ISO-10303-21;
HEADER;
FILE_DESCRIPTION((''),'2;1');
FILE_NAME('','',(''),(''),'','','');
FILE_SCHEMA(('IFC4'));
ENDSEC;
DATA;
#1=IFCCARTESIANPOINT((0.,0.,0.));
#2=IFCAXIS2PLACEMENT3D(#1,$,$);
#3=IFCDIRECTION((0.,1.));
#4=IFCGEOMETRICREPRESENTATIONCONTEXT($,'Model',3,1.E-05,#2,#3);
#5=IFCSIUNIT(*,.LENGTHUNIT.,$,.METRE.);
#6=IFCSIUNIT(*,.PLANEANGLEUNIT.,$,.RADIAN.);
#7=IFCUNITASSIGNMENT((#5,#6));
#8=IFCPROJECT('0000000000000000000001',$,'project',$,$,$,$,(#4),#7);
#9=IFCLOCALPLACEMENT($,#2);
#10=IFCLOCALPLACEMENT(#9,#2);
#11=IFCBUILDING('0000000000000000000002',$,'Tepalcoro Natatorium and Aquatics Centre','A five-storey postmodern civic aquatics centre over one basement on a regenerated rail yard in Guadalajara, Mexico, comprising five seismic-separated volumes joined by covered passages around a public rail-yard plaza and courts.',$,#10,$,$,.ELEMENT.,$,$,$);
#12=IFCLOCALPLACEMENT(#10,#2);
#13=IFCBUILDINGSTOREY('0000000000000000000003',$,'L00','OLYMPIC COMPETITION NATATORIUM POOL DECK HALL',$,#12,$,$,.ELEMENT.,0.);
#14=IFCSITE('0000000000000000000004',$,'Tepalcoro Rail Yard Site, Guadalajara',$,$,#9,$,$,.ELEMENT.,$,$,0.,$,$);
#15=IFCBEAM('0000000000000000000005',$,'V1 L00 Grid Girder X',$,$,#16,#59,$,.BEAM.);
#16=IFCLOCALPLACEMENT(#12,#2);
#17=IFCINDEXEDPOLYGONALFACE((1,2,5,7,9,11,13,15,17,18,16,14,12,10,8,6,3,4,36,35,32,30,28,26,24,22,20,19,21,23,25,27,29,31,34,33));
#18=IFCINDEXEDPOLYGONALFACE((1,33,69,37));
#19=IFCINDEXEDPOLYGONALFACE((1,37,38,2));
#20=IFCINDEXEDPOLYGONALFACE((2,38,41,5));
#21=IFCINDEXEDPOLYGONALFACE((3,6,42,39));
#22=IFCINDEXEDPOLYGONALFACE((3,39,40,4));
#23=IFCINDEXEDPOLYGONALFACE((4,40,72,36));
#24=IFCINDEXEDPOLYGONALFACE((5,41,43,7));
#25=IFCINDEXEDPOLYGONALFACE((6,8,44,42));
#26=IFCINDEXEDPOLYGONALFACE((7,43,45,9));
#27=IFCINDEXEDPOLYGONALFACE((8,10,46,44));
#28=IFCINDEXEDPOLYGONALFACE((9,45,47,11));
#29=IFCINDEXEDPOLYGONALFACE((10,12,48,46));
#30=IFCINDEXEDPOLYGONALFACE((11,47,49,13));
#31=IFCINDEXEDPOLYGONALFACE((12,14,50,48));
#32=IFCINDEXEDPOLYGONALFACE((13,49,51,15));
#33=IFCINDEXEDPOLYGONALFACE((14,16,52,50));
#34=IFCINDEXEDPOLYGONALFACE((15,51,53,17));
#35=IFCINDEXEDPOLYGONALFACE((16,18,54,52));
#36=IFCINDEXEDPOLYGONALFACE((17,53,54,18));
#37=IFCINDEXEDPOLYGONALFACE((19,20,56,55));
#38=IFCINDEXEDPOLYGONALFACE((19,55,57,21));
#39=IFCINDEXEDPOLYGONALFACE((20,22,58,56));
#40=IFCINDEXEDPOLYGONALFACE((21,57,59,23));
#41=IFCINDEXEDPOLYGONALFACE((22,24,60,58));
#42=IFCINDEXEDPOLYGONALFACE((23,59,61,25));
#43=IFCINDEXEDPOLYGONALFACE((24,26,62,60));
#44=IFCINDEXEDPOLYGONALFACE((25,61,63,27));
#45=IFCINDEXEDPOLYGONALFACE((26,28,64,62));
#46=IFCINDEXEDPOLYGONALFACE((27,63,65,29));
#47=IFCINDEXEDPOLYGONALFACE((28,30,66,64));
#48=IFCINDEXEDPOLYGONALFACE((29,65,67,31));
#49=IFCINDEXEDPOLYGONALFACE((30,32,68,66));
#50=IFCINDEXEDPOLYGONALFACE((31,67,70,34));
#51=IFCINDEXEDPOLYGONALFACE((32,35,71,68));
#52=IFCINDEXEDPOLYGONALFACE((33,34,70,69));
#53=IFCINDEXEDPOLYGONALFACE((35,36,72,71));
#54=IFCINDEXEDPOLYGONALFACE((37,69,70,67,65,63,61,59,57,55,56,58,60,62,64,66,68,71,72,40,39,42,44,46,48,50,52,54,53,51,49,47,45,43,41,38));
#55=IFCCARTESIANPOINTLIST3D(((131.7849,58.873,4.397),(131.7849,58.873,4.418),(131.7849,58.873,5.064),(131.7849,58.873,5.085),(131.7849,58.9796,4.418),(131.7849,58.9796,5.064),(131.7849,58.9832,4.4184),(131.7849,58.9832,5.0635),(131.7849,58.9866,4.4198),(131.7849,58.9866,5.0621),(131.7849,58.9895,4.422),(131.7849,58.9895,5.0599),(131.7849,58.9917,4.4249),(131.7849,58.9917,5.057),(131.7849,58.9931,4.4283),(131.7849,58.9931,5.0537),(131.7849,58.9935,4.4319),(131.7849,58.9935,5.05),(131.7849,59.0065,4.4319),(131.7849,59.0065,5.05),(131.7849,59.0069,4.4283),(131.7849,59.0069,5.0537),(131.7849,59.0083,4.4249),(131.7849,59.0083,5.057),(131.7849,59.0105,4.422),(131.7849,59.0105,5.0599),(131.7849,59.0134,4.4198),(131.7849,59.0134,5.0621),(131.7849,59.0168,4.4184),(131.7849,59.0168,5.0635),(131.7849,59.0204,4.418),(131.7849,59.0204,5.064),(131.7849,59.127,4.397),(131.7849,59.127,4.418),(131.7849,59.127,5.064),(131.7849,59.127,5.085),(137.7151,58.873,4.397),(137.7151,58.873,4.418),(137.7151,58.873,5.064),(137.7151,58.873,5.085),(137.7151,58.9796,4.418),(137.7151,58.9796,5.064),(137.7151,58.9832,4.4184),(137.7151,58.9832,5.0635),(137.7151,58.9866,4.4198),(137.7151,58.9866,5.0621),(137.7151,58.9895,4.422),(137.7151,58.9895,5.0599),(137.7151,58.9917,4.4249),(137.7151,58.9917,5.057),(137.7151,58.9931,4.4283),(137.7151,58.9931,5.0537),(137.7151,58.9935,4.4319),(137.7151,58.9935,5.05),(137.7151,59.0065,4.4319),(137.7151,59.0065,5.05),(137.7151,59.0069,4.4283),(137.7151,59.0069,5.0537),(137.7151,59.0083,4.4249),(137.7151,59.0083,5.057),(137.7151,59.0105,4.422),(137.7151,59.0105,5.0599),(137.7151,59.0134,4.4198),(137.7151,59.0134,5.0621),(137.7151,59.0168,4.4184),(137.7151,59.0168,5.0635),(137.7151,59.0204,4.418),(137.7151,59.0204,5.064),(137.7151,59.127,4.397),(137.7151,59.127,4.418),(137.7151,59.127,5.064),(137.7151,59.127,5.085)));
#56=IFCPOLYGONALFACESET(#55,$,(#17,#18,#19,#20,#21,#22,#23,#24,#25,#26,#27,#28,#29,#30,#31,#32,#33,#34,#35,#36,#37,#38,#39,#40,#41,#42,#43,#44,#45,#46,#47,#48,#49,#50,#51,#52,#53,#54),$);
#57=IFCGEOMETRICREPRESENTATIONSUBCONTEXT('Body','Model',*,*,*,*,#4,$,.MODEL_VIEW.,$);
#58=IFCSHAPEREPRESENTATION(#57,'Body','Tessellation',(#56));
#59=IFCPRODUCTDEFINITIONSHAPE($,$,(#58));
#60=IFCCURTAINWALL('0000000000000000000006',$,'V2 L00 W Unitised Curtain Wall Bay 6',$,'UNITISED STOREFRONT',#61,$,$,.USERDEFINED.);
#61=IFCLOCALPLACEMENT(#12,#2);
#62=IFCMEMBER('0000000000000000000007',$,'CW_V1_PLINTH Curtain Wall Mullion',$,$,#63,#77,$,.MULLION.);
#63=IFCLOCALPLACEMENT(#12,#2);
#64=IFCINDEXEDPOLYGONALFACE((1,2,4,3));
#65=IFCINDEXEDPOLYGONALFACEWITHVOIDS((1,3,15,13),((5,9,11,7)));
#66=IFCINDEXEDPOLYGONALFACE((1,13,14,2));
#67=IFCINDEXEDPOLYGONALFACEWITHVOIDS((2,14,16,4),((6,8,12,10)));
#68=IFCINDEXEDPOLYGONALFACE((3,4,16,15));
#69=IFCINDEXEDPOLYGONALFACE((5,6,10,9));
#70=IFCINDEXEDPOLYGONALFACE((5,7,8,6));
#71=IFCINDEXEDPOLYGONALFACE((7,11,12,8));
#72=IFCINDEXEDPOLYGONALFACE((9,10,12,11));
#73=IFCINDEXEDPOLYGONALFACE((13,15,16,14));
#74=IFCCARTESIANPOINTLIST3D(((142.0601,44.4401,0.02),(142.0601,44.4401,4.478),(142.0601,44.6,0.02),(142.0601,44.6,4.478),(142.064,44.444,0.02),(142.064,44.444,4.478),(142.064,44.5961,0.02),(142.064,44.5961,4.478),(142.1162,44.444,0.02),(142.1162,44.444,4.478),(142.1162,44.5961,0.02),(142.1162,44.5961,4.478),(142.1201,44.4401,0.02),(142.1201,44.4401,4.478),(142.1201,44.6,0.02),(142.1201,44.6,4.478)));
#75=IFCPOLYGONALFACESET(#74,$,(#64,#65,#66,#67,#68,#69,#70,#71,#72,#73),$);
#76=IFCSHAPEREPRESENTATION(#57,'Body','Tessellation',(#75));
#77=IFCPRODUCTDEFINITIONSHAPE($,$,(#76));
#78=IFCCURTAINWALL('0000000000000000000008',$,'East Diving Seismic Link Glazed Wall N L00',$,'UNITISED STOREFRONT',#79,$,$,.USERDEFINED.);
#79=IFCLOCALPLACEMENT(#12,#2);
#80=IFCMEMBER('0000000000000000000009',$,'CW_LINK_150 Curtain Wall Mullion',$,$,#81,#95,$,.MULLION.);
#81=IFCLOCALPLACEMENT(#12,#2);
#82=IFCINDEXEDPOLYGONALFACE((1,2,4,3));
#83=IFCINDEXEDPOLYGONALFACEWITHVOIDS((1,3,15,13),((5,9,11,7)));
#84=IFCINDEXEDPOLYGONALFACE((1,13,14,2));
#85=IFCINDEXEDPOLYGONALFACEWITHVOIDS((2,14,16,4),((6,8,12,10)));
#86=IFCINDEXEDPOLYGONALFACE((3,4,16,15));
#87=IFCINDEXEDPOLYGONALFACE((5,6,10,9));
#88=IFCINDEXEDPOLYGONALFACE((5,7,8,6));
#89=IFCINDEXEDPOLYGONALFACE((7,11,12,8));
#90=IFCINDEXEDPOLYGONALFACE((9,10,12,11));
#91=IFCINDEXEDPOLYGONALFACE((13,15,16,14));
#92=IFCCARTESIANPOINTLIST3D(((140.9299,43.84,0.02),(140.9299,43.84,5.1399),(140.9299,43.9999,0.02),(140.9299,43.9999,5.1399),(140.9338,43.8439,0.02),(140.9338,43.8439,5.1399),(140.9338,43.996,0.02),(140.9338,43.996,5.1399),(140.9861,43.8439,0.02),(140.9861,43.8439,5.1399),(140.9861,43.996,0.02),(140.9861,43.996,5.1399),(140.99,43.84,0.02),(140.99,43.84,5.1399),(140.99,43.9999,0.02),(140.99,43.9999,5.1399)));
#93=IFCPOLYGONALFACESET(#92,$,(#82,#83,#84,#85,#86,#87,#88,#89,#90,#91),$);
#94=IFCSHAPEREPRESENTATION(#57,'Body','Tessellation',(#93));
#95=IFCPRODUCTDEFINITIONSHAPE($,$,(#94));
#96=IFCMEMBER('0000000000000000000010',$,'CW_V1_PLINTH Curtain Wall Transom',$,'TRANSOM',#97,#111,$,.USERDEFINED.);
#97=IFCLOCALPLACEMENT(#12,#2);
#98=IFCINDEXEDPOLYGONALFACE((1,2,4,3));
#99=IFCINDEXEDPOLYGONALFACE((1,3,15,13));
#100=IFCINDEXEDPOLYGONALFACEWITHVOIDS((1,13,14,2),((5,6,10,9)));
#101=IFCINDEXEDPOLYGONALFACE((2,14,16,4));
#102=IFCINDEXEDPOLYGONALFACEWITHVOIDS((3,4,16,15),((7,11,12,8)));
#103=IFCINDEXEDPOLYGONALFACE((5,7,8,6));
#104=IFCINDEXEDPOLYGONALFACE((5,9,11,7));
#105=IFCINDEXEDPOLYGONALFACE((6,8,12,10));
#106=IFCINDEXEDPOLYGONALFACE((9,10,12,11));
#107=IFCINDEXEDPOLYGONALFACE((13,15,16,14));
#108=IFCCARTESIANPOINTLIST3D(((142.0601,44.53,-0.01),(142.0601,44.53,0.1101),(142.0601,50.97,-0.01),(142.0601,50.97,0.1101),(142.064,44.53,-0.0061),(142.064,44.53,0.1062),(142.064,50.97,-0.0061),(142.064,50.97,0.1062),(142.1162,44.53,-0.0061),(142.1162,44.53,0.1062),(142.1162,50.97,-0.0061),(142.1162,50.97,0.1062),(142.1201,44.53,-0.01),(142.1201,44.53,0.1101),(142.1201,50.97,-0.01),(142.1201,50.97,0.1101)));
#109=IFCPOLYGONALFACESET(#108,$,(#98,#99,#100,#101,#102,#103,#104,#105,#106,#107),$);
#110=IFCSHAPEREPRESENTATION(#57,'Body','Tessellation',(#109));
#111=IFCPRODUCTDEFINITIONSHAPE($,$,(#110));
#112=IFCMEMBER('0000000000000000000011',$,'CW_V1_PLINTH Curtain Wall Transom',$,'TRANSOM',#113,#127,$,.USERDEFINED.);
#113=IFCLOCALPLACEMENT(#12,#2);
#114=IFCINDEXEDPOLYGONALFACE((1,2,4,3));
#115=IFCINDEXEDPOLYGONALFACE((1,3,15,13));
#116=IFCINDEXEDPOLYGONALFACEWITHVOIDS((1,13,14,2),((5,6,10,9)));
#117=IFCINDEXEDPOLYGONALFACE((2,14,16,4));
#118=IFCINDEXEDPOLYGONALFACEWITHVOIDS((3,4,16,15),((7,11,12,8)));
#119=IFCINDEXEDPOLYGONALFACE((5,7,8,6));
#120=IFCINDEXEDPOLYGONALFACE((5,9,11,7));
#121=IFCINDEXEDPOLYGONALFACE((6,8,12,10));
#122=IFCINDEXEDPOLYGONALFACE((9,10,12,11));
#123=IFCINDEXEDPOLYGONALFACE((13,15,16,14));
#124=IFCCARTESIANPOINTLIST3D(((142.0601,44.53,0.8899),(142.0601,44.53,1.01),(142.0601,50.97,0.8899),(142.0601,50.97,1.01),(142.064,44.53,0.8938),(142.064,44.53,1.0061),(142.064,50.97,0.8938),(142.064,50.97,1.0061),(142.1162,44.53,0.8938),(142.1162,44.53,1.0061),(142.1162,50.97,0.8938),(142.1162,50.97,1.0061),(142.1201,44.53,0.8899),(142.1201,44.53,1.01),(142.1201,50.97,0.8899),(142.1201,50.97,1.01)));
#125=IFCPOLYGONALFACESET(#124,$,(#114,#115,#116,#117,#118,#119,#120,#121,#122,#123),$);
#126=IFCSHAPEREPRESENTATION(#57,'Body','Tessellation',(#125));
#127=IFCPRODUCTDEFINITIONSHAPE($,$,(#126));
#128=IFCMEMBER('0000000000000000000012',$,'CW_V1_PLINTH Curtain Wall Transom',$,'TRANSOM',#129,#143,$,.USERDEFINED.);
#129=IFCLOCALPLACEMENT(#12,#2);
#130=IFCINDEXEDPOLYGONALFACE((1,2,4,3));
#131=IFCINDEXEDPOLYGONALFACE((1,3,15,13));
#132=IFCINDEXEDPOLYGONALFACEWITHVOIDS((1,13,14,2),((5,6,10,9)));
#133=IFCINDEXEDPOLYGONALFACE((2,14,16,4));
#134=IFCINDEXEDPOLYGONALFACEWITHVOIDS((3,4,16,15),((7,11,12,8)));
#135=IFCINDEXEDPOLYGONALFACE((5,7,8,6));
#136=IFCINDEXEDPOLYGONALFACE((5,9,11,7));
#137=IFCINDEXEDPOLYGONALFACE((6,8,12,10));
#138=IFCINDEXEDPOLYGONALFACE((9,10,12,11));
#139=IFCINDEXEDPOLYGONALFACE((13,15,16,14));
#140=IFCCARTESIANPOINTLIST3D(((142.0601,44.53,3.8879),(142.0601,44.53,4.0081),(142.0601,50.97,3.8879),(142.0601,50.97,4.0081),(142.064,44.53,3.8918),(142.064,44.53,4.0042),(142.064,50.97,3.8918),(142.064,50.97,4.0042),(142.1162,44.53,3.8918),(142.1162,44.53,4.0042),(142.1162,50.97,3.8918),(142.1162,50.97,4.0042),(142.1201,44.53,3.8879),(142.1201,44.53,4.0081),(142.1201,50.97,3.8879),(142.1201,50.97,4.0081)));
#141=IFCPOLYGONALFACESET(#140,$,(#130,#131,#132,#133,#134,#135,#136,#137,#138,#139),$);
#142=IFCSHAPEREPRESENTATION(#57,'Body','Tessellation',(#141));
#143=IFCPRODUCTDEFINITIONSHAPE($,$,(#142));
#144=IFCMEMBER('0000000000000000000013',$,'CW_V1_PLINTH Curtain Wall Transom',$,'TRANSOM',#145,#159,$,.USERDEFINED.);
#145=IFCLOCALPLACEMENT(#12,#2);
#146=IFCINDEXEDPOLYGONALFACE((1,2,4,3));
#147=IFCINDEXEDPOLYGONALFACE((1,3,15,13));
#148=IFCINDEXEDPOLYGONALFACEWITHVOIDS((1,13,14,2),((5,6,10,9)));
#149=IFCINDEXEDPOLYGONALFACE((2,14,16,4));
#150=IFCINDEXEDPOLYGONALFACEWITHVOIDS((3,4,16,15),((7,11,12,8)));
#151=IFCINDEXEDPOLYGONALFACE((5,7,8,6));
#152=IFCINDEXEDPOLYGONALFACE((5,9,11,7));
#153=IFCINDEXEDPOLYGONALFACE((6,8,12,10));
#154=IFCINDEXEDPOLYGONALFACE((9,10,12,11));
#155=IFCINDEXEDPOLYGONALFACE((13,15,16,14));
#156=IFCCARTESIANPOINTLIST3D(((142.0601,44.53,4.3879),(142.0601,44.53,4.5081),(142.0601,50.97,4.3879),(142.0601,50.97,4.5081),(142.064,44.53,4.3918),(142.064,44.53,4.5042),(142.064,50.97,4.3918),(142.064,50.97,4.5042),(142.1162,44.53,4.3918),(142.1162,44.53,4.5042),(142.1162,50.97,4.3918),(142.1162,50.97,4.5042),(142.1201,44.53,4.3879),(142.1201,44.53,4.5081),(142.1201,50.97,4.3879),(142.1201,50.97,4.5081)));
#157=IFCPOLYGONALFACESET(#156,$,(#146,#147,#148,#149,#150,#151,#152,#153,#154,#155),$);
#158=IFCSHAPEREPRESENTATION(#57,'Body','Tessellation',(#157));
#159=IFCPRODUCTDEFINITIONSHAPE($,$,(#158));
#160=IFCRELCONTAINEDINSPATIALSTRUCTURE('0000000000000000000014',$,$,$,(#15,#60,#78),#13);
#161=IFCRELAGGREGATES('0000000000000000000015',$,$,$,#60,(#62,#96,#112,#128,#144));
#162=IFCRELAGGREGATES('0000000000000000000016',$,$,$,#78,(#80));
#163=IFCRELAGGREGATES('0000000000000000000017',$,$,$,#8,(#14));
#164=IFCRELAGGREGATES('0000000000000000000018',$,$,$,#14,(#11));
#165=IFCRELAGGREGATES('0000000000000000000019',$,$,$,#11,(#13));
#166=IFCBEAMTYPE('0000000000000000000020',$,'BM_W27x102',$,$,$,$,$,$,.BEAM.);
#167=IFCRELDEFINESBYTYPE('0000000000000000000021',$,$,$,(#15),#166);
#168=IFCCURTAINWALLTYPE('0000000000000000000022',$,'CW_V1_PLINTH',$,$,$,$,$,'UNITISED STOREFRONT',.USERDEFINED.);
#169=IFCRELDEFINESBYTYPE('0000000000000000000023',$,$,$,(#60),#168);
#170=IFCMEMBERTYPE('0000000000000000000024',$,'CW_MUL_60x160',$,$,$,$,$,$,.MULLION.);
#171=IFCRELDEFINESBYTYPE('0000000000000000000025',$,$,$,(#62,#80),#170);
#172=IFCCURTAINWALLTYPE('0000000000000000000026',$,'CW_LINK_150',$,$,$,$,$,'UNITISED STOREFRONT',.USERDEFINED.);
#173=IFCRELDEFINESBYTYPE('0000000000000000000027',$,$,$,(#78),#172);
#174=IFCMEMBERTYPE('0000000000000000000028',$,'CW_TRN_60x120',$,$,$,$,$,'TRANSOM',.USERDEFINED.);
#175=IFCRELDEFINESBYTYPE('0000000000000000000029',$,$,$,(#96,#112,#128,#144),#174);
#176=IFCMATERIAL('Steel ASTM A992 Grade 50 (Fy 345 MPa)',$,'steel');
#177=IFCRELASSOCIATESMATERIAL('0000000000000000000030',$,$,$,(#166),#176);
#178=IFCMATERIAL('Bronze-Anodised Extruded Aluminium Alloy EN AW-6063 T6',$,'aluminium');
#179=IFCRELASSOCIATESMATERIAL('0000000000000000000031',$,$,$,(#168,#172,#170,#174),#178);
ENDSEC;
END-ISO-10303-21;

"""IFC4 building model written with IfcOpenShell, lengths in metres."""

from ifc_helpers import new_model, si_unit, direction, frame, origin, origin_2d, place, context, subcontext, project, spatial, hollow_rectangle, i_section, extrude, material, material_profile, profile_set, type_object, element, aggregate, save


model = new_model("IFC4")

# Units and contexts
model_context = context("Model", 3, precision=1e-05, world=origin(), true_north=direction((0.0, 1.0)))
body_context = subcontext(model_context, "Body", "Model", "MODEL_VIEW")
ifc_project = project(units=[si_unit("LENGTHUNIT", "METRE"), si_unit("PLANEANGLEUNIT", "RADIAN")], contexts=[model_context])

# Site, building, storey
site_placement = place(None, origin())
site = spatial("IfcSite", under=ifc_project, at=site_placement, Name="Tepalcoro Rail Yard Site, Guadalajara", CompositionType="ELEMENT", RefElevation=0.0)
building_placement = place(site_placement, origin())
building = spatial("IfcBuilding", under=site, at=building_placement, Name="Tepalcoro Natatorium and Aquatics Centre", Description="A five-storey postmodern civic aquatics centre over one basement on a regenerated rail yard in Guadalajara, Mexico, comprising five seismic-separated volumes joined by covered passages around a public rail-yard plaza and courts.", CompositionType="ELEMENT")
storey_placement = place(building_placement, origin())
storey = spatial("IfcBuildingStorey", under=building, at=storey_placement, Name="L00", Description="OLYMPIC COMPETITION NATATORIUM POOL DECK HALL", CompositionType="ELEMENT", Elevation=0.0)

# Beam
ifc_material_1 = material(Name="Steel ASTM A992 Grade 50 (Fy 345 MPa)", Category="steel")
ifc_material_profile_1 = material_profile(ifc_material_1, i_section(OverallWidth=0.2539, OverallDepth=0.688, WebThickness=0.0129, FlangeThickness=0.021, FilletRadius=0.0139, at=origin_2d()), Name="W27X102")
ifc_profile_set_1 = profile_set([ifc_material_profile_1], Name="Steel ASTM A992 Grade 50 (Fy 345 MPa)")
beam_type_1 = type_object("IfcBeamType", Name="BM_W27x102", PredefinedType="BEAM", material=ifc_profile_set_1)
beam_1_placement = place(storey_placement, frame((131.7849, 59.0, 4.741), z_axis=(1.0, 0.0, 0.0), x_axis=(0.0, 1.0, 0.0)))
element("IfcBeam", 1, at=beam_1_placement, inside=storey, type_object=beam_type_1, Name="V1 L00 Grid Girder X", PredefinedType="BEAM", context=body_context, shape_type="SweptSolid", body=[
    extrude(i_section(OverallWidth=0.2539, OverallDepth=0.688, WebThickness=0.0129, FlangeThickness=0.021, FilletRadius=0.0139, at=origin_2d()), origin(), (0.0, 0.0, 1.0), 5.9302),
])

# Curtain walls, members
ifc_material_2 = material(Name="Bronze-Anodised Extruded Aluminium Alloy EN AW-6063 T6", Category="aluminium")
curtain_wall_type_1 = type_object("IfcCurtainWallType", Name="CW_V1_PLINTH", ElementType="UNITISED STOREFRONT", PredefinedType="USERDEFINED", material=ifc_material_2)
curtain_wall_1_placement = place(storey_placement, origin())
curtain_wall_1 = element("IfcCurtainWall", 2, at=curtain_wall_1_placement, inside=storey, type_object=curtain_wall_type_1, Name="V2 L00 W Unitised Curtain Wall Bay 6", ObjectType="UNITISED STOREFRONT", PredefinedType="USERDEFINED")
ifc_material_profile_2 = material_profile(ifc_material_2, hollow_rectangle(XDim=0.0601, YDim=0.1599, WallThickness=0.0039, at=origin_2d()), Name="AL60X160X4")
ifc_profile_set_2 = profile_set([ifc_material_profile_2], Name="Bronze-Anodised Extruded Aluminium Alloy EN AW-6063 T6")
member_type_1 = type_object("IfcMemberType", Name="CW_MUL_60x160", PredefinedType="MULLION", material=ifc_profile_set_2)
member_1_placement = place(storey_placement, frame((142.0901, 44.52, 0.02), z_axis=(0.0, 0.0, 1.0), x_axis=(1.0, 0.0, 0.0)))
member_1 = element("IfcMember", 3, at=member_1_placement, type_object=member_type_1, Name="CW_V1_PLINTH Curtain Wall Mullion", PredefinedType="MULLION", context=body_context, shape_type="SweptSolid", body=[
    extrude(hollow_rectangle(XDim=0.0601, YDim=0.1599, WallThickness=0.0039, at=origin_2d()), origin(), (0.0, 0.0, 1.0), 4.458),
])
curtain_wall_type_2 = type_object("IfcCurtainWallType", Name="CW_LINK_150", ElementType="UNITISED STOREFRONT", PredefinedType="USERDEFINED", material=ifc_material_2)
curtain_wall_2_placement = place(storey_placement, origin())
curtain_wall_2 = element("IfcCurtainWall", 4, at=curtain_wall_2_placement, inside=storey, type_object=curtain_wall_type_2, Name="East Diving Seismic Link Glazed Wall N L00", ObjectType="UNITISED STOREFRONT", PredefinedType="USERDEFINED")
member_2_placement = place(storey_placement, frame((140.96, 43.9199, 0.02), z_axis=(0.0, 0.0, 1.0), x_axis=(1.0, 0.0, 0.0)))
member_2 = element("IfcMember", 5, at=member_2_placement, type_object=member_type_1, Name="CW_LINK_150 Curtain Wall Mullion", PredefinedType="MULLION", context=body_context, shape_type="SweptSolid", body=[
    extrude(hollow_rectangle(XDim=0.0601, YDim=0.1599, WallThickness=0.0039, at=origin_2d()), origin(), (0.0, 0.0, 1.0), 5.1199),
])

# Members
ifc_material_profile_3 = material_profile(ifc_material_2, hollow_rectangle(XDim=0.0601, YDim=0.1201, WallThickness=0.0039, at=origin_2d()), Name="AL60X120X4")
ifc_profile_set_3 = profile_set([ifc_material_profile_3], Name="Bronze-Anodised Extruded Aluminium Alloy EN AW-6063 T6")
member_type_2 = type_object("IfcMemberType", Name="CW_TRN_60x120", ElementType="TRANSOM", PredefinedType="USERDEFINED", material=ifc_profile_set_3)
member_3_placement = place(storey_placement, frame((142.0901, 44.53, 0.05), z_axis=(0.0, 1.0, 0.0), x_axis=(-1.0, 0.0, 0.0)))
member_3 = element("IfcMember", 6, at=member_3_placement, type_object=member_type_2, Name="CW_V1_PLINTH Curtain Wall Transom", ObjectType="TRANSOM", PredefinedType="USERDEFINED", context=body_context, shape_type="SweptSolid", body=[
    extrude(hollow_rectangle(XDim=0.0601, YDim=0.1201, WallThickness=0.0039, at=origin_2d()), origin(), (0.0, 0.0, 1.0), 6.4399),
])
member_4_placement = place(storey_placement, frame((142.0901, 44.53, 0.95), z_axis=(0.0, 1.0, 0.0), x_axis=(-1.0, 0.0, 0.0)))
member_4 = element("IfcMember", 7, at=member_4_placement, type_object=member_type_2, Name="CW_V1_PLINTH Curtain Wall Transom", ObjectType="TRANSOM", PredefinedType="USERDEFINED", context=body_context, shape_type="SweptSolid", body=[
    extrude(hollow_rectangle(XDim=0.0601, YDim=0.1201, WallThickness=0.0039, at=origin_2d()), origin(), (0.0, 0.0, 1.0), 6.4399),
])
member_5_placement = place(storey_placement, frame((142.0901, 44.53, 3.948), z_axis=(0.0, 1.0, 0.0), x_axis=(-1.0, 0.0, 0.0)))
member_5 = element("IfcMember", 8, at=member_5_placement, type_object=member_type_2, Name="CW_V1_PLINTH Curtain Wall Transom", ObjectType="TRANSOM", PredefinedType="USERDEFINED", context=body_context, shape_type="SweptSolid", body=[
    extrude(hollow_rectangle(XDim=0.0601, YDim=0.1201, WallThickness=0.0039, at=origin_2d()), origin(), (0.0, 0.0, 1.0), 6.4399),
])
member_6_placement = place(storey_placement, frame((142.0901, 44.53, 4.448), z_axis=(0.0, 1.0, 0.0), x_axis=(-1.0, 0.0, 0.0)))
member_6 = element("IfcMember", 9, at=member_6_placement, type_object=member_type_2, Name="CW_V1_PLINTH Curtain Wall Transom", ObjectType="TRANSOM", PredefinedType="USERDEFINED", context=body_context, shape_type="SweptSolid", body=[
    extrude(hollow_rectangle(XDim=0.0601, YDim=0.1201, WallThickness=0.0039, at=origin_2d()), origin(), (0.0, 0.0, 1.0), 6.4399),
])

aggregate(curtain_wall_1, [member_1, member_3, member_4, member_5, member_6])
aggregate(curtain_wall_2, [member_2])

save(model, "model.ifc")
